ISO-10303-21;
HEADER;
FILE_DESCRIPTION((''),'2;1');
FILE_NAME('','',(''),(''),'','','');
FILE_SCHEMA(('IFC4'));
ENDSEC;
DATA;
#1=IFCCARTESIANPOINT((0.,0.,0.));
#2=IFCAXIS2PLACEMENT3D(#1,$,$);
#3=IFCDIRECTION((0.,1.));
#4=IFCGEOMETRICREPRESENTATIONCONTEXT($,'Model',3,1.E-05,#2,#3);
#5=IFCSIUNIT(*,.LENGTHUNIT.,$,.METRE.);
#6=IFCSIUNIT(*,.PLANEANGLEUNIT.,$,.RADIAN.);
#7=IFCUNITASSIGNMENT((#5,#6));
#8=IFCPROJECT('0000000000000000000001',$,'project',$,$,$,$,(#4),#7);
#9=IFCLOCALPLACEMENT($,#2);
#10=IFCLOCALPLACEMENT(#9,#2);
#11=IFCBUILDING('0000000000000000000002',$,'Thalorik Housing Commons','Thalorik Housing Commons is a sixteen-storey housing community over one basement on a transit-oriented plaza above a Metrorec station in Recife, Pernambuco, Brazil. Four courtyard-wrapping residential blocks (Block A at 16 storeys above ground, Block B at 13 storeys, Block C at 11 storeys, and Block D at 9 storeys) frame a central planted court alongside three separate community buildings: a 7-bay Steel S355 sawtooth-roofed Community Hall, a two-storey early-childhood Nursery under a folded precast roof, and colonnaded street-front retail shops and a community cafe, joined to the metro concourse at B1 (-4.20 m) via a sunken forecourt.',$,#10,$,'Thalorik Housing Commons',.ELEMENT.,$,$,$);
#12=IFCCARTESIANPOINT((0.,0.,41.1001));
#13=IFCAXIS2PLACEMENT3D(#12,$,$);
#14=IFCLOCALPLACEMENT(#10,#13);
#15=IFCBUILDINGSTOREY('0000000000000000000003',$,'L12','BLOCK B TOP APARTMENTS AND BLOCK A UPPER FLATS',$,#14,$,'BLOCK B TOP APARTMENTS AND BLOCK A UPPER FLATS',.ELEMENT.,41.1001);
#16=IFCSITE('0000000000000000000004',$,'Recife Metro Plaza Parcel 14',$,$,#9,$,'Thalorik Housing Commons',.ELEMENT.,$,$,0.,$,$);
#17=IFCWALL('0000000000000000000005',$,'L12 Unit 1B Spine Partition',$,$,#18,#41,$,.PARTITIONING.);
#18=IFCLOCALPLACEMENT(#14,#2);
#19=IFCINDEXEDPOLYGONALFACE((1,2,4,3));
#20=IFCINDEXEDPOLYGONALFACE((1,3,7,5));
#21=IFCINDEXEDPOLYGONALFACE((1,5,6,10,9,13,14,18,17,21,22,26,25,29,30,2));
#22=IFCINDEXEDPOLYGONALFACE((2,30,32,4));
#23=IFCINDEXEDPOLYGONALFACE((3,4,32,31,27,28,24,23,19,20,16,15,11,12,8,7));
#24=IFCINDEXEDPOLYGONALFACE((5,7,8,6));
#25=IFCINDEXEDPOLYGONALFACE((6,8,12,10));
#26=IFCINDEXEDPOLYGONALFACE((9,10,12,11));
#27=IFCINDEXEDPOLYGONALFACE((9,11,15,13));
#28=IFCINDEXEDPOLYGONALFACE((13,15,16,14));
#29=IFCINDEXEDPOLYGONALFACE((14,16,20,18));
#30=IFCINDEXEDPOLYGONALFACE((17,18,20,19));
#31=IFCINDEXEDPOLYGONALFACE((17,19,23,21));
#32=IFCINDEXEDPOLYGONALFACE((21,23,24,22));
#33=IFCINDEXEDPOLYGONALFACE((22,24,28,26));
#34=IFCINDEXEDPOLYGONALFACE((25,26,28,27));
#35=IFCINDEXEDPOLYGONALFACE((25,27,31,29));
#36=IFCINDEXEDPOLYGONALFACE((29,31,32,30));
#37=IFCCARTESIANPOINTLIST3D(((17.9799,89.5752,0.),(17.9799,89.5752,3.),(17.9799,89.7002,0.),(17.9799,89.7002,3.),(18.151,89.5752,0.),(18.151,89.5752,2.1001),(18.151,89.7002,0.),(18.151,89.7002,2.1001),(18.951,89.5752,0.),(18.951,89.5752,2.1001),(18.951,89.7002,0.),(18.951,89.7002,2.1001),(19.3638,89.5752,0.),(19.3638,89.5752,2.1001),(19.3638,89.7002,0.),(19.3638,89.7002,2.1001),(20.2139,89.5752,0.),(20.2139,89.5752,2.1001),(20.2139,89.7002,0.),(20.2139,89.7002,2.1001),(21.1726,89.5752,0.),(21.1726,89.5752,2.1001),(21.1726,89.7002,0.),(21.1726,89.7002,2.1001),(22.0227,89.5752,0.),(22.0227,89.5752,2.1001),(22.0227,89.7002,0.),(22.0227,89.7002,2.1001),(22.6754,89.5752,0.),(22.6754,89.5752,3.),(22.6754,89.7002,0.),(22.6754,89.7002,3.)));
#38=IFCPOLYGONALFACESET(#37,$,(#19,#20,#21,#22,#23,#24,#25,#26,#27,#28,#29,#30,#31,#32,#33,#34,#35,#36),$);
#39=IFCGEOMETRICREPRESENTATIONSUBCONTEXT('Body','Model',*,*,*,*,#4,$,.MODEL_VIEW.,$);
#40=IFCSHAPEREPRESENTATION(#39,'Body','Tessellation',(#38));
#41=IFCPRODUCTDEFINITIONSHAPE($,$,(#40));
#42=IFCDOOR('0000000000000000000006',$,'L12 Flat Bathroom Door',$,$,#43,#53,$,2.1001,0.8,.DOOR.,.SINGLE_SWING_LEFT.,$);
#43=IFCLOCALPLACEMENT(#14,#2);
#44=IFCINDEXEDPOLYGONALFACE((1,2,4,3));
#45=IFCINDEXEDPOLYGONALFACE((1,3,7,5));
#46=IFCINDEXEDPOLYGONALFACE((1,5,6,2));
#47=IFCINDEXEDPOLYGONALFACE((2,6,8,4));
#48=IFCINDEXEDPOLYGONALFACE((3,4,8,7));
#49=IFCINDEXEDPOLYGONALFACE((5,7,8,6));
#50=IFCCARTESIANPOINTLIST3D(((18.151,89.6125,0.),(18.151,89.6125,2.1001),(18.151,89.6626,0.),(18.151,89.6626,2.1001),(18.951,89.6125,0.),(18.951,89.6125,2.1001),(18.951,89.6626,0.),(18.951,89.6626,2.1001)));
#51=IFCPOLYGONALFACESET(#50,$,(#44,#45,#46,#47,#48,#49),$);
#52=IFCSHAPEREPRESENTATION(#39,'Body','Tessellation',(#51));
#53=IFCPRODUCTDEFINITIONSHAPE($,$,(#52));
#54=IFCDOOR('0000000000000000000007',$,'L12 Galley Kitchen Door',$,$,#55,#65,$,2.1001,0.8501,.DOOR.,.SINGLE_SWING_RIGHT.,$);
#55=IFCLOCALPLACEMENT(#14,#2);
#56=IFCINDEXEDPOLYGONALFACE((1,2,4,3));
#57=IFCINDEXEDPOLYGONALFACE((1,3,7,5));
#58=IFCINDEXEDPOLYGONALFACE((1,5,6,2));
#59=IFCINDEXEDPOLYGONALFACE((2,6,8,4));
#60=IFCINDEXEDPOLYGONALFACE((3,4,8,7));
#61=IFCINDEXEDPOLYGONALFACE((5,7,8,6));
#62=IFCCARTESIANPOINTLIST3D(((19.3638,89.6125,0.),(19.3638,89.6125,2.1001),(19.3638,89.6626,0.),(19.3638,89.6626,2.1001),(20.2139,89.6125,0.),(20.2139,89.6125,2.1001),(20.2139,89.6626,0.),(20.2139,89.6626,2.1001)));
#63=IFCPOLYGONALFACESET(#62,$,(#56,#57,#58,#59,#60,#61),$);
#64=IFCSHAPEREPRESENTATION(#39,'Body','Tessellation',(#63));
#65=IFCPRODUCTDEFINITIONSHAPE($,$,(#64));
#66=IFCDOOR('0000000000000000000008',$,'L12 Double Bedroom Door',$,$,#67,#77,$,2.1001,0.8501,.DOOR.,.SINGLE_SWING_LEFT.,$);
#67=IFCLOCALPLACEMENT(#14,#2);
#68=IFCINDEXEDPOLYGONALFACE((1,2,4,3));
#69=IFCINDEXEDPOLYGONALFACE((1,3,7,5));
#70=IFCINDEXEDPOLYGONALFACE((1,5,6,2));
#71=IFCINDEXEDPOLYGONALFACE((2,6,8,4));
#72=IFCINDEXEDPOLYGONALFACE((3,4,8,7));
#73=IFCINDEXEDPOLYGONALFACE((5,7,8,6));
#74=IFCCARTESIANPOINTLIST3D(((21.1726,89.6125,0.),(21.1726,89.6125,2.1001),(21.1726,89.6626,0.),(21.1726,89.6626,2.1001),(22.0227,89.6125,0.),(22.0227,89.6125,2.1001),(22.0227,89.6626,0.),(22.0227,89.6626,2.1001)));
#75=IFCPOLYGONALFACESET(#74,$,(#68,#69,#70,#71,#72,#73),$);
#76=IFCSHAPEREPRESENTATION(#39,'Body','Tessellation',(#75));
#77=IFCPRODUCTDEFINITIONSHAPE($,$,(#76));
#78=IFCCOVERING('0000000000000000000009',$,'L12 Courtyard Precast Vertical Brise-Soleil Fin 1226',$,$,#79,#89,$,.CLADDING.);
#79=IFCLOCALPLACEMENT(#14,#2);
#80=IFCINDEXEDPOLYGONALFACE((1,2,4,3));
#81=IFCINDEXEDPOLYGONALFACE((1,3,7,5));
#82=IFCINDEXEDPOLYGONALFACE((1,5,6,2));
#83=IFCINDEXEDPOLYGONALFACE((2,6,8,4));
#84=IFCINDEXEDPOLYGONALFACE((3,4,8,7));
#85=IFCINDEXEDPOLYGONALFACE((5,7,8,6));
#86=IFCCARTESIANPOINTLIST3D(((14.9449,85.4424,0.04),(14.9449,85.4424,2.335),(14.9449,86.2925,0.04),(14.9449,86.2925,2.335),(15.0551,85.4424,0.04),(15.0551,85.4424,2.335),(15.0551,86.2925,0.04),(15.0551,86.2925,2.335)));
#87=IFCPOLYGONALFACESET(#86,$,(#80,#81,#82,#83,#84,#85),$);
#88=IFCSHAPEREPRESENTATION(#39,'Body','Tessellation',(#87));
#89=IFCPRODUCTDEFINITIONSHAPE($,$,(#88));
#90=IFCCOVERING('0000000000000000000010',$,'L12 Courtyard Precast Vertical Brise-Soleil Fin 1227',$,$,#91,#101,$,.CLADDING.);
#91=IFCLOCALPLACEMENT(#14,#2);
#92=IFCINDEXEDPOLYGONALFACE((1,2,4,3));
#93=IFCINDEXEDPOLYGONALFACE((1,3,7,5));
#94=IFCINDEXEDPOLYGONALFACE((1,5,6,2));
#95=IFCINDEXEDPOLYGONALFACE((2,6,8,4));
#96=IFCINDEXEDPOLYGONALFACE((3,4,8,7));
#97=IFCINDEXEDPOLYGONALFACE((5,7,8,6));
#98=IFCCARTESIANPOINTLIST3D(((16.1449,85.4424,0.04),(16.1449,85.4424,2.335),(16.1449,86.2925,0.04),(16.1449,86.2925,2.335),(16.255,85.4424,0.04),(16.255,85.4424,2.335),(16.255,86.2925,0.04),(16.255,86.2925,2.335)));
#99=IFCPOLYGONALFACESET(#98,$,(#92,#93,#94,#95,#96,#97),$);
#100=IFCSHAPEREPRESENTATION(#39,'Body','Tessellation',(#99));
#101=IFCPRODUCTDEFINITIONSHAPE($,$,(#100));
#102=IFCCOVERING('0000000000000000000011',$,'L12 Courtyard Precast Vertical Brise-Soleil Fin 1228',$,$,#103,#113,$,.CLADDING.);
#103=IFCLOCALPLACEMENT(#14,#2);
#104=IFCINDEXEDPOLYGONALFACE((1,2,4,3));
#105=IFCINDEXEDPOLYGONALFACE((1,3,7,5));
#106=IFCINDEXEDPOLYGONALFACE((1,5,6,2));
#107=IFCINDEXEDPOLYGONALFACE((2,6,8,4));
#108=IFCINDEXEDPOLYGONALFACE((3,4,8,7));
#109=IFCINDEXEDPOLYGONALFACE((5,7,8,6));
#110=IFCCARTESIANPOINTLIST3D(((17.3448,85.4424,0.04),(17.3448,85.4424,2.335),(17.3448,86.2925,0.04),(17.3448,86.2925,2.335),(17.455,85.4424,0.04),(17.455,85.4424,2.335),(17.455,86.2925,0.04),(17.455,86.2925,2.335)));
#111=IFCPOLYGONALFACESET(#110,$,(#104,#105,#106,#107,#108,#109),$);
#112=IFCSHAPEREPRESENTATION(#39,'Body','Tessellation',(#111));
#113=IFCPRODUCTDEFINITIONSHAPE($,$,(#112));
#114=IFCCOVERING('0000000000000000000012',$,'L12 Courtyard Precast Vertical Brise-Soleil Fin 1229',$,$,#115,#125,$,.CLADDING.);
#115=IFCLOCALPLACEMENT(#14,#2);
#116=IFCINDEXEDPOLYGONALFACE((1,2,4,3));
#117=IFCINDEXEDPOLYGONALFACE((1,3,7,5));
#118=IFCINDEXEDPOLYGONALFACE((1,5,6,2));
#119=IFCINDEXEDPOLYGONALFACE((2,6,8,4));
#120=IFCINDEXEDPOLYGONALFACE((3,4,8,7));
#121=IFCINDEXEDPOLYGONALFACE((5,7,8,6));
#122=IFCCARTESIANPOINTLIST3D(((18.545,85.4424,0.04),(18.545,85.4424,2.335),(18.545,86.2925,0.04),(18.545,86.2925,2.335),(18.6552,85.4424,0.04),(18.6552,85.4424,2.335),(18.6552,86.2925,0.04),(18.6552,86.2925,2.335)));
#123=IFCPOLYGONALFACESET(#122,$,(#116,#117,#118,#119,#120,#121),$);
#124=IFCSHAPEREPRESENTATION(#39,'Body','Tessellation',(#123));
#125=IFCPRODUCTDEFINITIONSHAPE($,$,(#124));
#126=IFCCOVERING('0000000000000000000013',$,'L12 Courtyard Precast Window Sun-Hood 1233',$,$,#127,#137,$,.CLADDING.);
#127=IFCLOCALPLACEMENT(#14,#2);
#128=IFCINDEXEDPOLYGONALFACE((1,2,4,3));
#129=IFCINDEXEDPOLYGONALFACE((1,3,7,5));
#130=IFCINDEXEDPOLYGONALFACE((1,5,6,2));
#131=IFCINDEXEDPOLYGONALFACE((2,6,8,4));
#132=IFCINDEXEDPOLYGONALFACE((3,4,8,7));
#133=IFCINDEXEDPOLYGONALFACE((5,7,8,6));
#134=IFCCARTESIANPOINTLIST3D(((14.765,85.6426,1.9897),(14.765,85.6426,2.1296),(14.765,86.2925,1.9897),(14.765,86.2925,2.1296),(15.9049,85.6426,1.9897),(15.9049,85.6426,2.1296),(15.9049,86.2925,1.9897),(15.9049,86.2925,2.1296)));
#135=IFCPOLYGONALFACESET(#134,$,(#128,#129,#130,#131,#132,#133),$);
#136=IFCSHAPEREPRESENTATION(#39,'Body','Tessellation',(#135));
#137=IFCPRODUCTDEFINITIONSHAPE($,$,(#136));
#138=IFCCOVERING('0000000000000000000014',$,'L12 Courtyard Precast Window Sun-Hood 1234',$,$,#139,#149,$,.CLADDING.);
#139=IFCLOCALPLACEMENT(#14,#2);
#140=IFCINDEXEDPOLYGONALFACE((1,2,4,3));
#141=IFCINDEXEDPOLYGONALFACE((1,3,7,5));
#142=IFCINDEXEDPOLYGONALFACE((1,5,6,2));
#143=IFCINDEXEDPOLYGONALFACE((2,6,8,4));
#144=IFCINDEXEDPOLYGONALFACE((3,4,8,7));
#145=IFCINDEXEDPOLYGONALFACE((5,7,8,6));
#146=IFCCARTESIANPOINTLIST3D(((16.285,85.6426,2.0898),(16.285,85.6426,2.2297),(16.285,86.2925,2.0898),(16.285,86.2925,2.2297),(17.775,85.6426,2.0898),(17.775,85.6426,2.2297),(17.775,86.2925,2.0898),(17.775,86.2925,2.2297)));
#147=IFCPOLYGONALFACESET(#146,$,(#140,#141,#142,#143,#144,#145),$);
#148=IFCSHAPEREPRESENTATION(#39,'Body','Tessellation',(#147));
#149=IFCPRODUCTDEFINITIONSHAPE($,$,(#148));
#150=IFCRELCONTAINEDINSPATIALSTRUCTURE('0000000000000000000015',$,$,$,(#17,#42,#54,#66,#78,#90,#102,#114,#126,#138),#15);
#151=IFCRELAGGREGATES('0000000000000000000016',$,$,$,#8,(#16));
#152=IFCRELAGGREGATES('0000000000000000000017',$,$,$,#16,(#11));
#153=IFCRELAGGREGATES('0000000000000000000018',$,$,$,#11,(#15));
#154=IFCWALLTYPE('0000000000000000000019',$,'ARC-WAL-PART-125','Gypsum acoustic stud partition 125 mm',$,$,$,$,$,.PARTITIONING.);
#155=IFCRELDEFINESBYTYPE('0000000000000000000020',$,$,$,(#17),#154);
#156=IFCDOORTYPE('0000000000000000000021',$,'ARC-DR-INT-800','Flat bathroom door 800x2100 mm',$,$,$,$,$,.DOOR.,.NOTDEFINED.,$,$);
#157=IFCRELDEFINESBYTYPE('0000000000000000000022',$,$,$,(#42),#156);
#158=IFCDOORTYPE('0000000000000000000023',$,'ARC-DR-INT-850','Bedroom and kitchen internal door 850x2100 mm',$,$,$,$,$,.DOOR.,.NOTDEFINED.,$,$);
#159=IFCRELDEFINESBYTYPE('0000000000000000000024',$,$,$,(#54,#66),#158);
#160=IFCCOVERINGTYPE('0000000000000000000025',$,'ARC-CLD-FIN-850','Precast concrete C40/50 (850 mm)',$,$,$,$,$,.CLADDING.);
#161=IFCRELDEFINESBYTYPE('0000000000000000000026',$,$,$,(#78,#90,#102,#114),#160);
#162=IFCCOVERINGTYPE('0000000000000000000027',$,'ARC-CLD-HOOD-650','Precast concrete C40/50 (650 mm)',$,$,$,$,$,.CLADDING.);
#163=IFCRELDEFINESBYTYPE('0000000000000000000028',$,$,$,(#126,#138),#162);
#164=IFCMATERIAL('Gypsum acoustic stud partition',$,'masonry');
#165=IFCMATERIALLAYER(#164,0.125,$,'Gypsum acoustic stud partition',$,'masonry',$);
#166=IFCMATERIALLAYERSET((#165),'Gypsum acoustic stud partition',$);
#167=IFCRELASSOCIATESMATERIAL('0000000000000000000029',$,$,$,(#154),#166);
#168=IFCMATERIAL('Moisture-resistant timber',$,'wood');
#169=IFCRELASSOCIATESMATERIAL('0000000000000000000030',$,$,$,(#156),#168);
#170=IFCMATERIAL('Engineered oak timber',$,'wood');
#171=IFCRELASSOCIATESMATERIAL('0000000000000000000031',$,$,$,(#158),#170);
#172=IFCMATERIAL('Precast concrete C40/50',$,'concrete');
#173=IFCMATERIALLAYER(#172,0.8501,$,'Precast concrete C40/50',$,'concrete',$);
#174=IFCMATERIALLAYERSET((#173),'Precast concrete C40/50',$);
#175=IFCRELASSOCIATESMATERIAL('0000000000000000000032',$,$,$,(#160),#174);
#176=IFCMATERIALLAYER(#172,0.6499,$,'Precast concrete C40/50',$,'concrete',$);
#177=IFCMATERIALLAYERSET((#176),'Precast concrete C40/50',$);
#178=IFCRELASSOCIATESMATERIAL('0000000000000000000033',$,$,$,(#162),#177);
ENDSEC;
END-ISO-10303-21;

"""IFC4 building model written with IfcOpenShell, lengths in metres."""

from ifc_helpers import new_model, si_unit, direction, frame, frame_2d, origin, origin_2d, place, context, subcontext, project, spatial, rectangle, extrude, material, layer, layer_set, type_object, element, fill, save


model = new_model("IFC4")

# Units and contexts
model_context = context("Model", 3, precision=1e-05, world=origin(), true_north=direction((0.0, 1.0)))
body_context = subcontext(model_context, "Body", "Model", "MODEL_VIEW")
ifc_project = project(units=[si_unit("LENGTHUNIT", "METRE"), si_unit("PLANEANGLEUNIT", "RADIAN")], contexts=[model_context])

# Site, building, storey
site_placement = place(None, origin())
site = spatial("IfcSite", under=ifc_project, at=site_placement, Name="Recife Metro Plaza Parcel 14", LongName="Thalorik Housing Commons", CompositionType="ELEMENT", RefElevation=0.0)
building_placement = place(site_placement, origin())
building = spatial("IfcBuilding", under=site, at=building_placement, Name="Thalorik Housing Commons", Description="Thalorik Housing Commons is a sixteen-storey housing community over one basement on a transit-oriented plaza above a Metrorec station in Recife, Pernambuco, Brazil. Four courtyard-wrapping residential blocks (Block A at 16 storeys above ground, Block B at 13 storeys, Block C at 11 storeys, and Block D at 9 storeys) frame a central planted court alongside three separate community buildings: a 7-bay Steel S355 sawtooth-roofed Community Hall, a two-storey early-childhood Nursery under a folded precast roof, and colonnaded street-front retail shops and a community cafe, joined to the metro concourse at B1 (-4.20 m) via a sunken forecourt.", LongName="Thalorik Housing Commons", CompositionType="ELEMENT")
storey_placement = place(building_placement, frame((0.0, 0.0, 41.1001)))
storey = spatial("IfcBuildingStorey", under=building, at=storey_placement, Name="L12", Description="BLOCK B TOP APARTMENTS AND BLOCK A UPPER FLATS", LongName="BLOCK B TOP APARTMENTS AND BLOCK A UPPER FLATS", CompositionType="ELEMENT", Elevation=41.1001)

# Wall, openings, doors
ifc_material_1 = material(Name="Gypsum acoustic stud partition", Category="masonry")
ifc_layer_1 = layer(ifc_material_1, 0.125, Name="Gypsum acoustic stud partition", Category="masonry")
ifc_layer_set_1 = layer_set([ifc_layer_1], Name="Gypsum acoustic stud partition")
wall_type_1 = type_object("IfcWallType", Name="ARC-WAL-PART-125", Description="Gypsum acoustic stud partition 125 mm", PredefinedType="PARTITIONING", material=ifc_layer_set_1)
wall_1_placement = place(storey_placement, frame((17.98, 89.6377, 0.0), z_axis=(0.0, 0.0, 1.0), x_axis=(1.0, 0.0, 0.0)))
wall_1 = element("IfcWall", 1, at=wall_1_placement, inside=storey, type_object=wall_type_1, Name="L12 Unit 1B Spine Partition", PredefinedType="PARTITIONING", context=body_context, shape_type="SweptSolid", body=[
    extrude(rectangle(XDim=4.6956, YDim=0.125, at=frame_2d((2.3477, 0.0))), origin(), (0.0, 0.0, 1.0), 3.0),
])
opening_1_placement = place(wall_1_placement, frame((0.1711, 0.0, 0.0)))
opening_1 = element("IfcOpeningElement", 2, at=opening_1_placement, cuts=wall_1, PredefinedType="OPENING", context=body_context, shape_type="SweptSolid", body=[
    extrude(rectangle(XDim=0.8, YDim=2.1001, at=frame_2d((0.3999, 1.05))), frame((0.0, 0.0725, 0.0), z_axis=(0.0, -1.0, 0.0), x_axis=(1.0, 0.0, 0.0)), (0.0, 0.0, 1.0), 0.145),
])
opening_2_placement = place(wall_1_placement, frame((1.3838, 0.0, 0.0)))
opening_2 = element("IfcOpeningElement", 3, at=opening_2_placement, cuts=wall_1, PredefinedType="OPENING", context=body_context, shape_type="SweptSolid", body=[
    extrude(rectangle(XDim=0.8501, YDim=2.1001, at=frame_2d((0.425, 1.05))), frame((0.0, 0.0725, 0.0), z_axis=(0.0, -1.0, 0.0), x_axis=(1.0, 0.0, 0.0)), (0.0, 0.0, 1.0), 0.145),
])
opening_3_placement = place(wall_1_placement, frame((3.1926, 0.0, 0.0)))
opening_3 = element("IfcOpeningElement", 4, at=opening_3_placement, cuts=wall_1, PredefinedType="OPENING", context=body_context, shape_type="SweptSolid", body=[
    extrude(rectangle(XDim=0.8501, YDim=2.1001, at=frame_2d((0.425, 1.05))), frame((0.0, 0.0725, 0.0), z_axis=(0.0, -1.0, 0.0), x_axis=(1.0, 0.0, 0.0)), (0.0, 0.0, 1.0), 0.145),
])
ifc_material_2 = material(Name="Moisture-resistant timber", Category="wood")
door_type_1 = type_object("IfcDoorType", Name="ARC-DR-INT-800", Description="Flat bathroom door 800x2100 mm", OperationType="NOTDEFINED", PredefinedType="DOOR", material=ifc_material_2)
door_1_placement = place(opening_1_placement, origin())
door_1 = element("IfcDoor", 5, at=door_1_placement, inside=storey, type_object=door_type_1, Name="L12 Flat Bathroom Door", OperationType="SINGLE_SWING_LEFT", OverallHeight=2.1001, OverallWidth=0.8, PredefinedType="DOOR", context=body_context, shape_type="SweptSolid", body=[
    extrude(rectangle(XDim=0.8, YDim=2.1001, at=frame_2d((0.3999, 1.05))), frame((0.0, 0.0249, 0.0), z_axis=(0.0, -1.0, 0.0), x_axis=(1.0, 0.0, 0.0)), (0.0, 0.0, 1.0), 0.05),
])
fill(opening_1, door_1)
ifc_material_3 = material(Name="Engineered oak timber", Category="wood")
door_type_2 = type_object("IfcDoorType", Name="ARC-DR-INT-850", Description="Bedroom and kitchen internal door 850x2100 mm", OperationType="NOTDEFINED", PredefinedType="DOOR", material=ifc_material_3)
door_2_placement = place(opening_2_placement, origin())
door_2 = element("IfcDoor", 6, at=door_2_placement, inside=storey, type_object=door_type_2, Name="L12 Galley Kitchen Door", OperationType="SINGLE_SWING_RIGHT", OverallHeight=2.1001, OverallWidth=0.8501, PredefinedType="DOOR", context=body_context, shape_type="SweptSolid", body=[
    extrude(rectangle(XDim=0.8501, YDim=2.1001, at=frame_2d((0.425, 1.05))), frame((0.0, 0.0249, 0.0), z_axis=(0.0, -1.0, 0.0), x_axis=(1.0, 0.0, 0.0)), (0.0, 0.0, 1.0), 0.05),
])
fill(opening_2, door_2)
door_3_placement = place(opening_3_placement, origin())
door_3 = element("IfcDoor", 7, at=door_3_placement, inside=storey, type_object=door_type_2, Name="L12 Double Bedroom Door", OperationType="SINGLE_SWING_LEFT", OverallHeight=2.1001, OverallWidth=0.8501, PredefinedType="DOOR", context=body_context, shape_type="SweptSolid", body=[
    extrude(rectangle(XDim=0.8501, YDim=2.1001, at=frame_2d((0.425, 1.05))), frame((0.0, 0.0249, 0.0), z_axis=(0.0, -1.0, 0.0), x_axis=(1.0, 0.0, 0.0)), (0.0, 0.0, 1.0), 0.05),
])
fill(opening_3, door_3)

# Coverings
ifc_material_4 = material(Name="Precast concrete C40/50", Category="concrete")
ifc_layer_2 = layer(ifc_material_4, 0.8501, Name="Precast concrete C40/50", Category="concrete")
ifc_layer_set_2 = layer_set([ifc_layer_2], Name="Precast concrete C40/50")
covering_type_1 = type_object("IfcCoveringType", Name="ARC-CLD-FIN-850", Description="Precast concrete C40/50 (850 mm)", PredefinedType="CLADDING", material=ifc_layer_set_2)
for number, where, z_axis, x_axis, name in (
    (8, (15.0, 85.8674, 0.04), (0.0, 0.0, 1.0), (1.0, 0.0, 0.0), "L12 Courtyard Precast Vertical Brise-Soleil Fin 1226"),
    (9, (16.2, 85.8674, 0.04), (0.0, 0.0, 1.0), (1.0, 0.0, 0.0), "L12 Courtyard Precast Vertical Brise-Soleil Fin 1227"),
    (10, (17.3999, 85.8674, 0.04), (0.0, 0.0, 1.0), (1.0, 0.0, 0.0), "L12 Courtyard Precast Vertical Brise-Soleil Fin 1228"),
    (11, (18.6001, 85.8674, 0.04), (0.0, 0.0, 1.0), (1.0, 0.0, 0.0), "L12 Courtyard Precast Vertical Brise-Soleil Fin 1229"),
):
    element("IfcCovering", number, at=place(storey_placement, frame(where, z_axis=z_axis, x_axis=x_axis)), inside=storey, type_object=covering_type_1, Name=name, PredefinedType="CLADDING", context=body_context, shape_type="SweptSolid", body=[
        extrude(rectangle(XDim=0.1101, YDim=0.8501, at=origin_2d()), origin(), (0.0, 0.0, 1.0), 2.2949),
    ])
ifc_layer_3 = layer(ifc_material_4, 0.6499, Name="Precast concrete C40/50", Category="concrete")
ifc_layer_set_3 = layer_set([ifc_layer_3], Name="Precast concrete C40/50")
covering_type_2 = type_object("IfcCoveringType", Name="ARC-CLD-HOOD-650", Description="Precast concrete C40/50 (650 mm)", PredefinedType="CLADDING", material=ifc_layer_set_3)
covering_1_placement = place(storey_placement, frame((15.335, 85.9675, 1.9897), z_axis=(0.0, 0.0, 1.0), x_axis=(1.0, 0.0, 0.0)))
element("IfcCovering", 12, at=covering_1_placement, inside=storey, type_object=covering_type_2, Name="L12 Courtyard Precast Window Sun-Hood 1233", PredefinedType="CLADDING", context=body_context, shape_type="SweptSolid", body=[
    extrude(rectangle(XDim=1.1399, YDim=0.6499, at=origin_2d()), origin(), (0.0, 0.0, 1.0), 0.1399),
])
covering_2_placement = place(storey_placement, frame((17.03, 85.9675, 2.0898), z_axis=(0.0, 0.0, 1.0), x_axis=(1.0, 0.0, 0.0)))
element("IfcCovering", 13, at=covering_2_placement, inside=storey, type_object=covering_type_2, Name="L12 Courtyard Precast Window Sun-Hood 1234", PredefinedType="CLADDING", context=body_context, shape_type="SweptSolid", body=[
    extrude(rectangle(XDim=1.49, YDim=0.6499, at=origin_2d()), origin(), (0.0, 0.0, 1.0), 0.1399),
])

save(model, "model.ifc")
